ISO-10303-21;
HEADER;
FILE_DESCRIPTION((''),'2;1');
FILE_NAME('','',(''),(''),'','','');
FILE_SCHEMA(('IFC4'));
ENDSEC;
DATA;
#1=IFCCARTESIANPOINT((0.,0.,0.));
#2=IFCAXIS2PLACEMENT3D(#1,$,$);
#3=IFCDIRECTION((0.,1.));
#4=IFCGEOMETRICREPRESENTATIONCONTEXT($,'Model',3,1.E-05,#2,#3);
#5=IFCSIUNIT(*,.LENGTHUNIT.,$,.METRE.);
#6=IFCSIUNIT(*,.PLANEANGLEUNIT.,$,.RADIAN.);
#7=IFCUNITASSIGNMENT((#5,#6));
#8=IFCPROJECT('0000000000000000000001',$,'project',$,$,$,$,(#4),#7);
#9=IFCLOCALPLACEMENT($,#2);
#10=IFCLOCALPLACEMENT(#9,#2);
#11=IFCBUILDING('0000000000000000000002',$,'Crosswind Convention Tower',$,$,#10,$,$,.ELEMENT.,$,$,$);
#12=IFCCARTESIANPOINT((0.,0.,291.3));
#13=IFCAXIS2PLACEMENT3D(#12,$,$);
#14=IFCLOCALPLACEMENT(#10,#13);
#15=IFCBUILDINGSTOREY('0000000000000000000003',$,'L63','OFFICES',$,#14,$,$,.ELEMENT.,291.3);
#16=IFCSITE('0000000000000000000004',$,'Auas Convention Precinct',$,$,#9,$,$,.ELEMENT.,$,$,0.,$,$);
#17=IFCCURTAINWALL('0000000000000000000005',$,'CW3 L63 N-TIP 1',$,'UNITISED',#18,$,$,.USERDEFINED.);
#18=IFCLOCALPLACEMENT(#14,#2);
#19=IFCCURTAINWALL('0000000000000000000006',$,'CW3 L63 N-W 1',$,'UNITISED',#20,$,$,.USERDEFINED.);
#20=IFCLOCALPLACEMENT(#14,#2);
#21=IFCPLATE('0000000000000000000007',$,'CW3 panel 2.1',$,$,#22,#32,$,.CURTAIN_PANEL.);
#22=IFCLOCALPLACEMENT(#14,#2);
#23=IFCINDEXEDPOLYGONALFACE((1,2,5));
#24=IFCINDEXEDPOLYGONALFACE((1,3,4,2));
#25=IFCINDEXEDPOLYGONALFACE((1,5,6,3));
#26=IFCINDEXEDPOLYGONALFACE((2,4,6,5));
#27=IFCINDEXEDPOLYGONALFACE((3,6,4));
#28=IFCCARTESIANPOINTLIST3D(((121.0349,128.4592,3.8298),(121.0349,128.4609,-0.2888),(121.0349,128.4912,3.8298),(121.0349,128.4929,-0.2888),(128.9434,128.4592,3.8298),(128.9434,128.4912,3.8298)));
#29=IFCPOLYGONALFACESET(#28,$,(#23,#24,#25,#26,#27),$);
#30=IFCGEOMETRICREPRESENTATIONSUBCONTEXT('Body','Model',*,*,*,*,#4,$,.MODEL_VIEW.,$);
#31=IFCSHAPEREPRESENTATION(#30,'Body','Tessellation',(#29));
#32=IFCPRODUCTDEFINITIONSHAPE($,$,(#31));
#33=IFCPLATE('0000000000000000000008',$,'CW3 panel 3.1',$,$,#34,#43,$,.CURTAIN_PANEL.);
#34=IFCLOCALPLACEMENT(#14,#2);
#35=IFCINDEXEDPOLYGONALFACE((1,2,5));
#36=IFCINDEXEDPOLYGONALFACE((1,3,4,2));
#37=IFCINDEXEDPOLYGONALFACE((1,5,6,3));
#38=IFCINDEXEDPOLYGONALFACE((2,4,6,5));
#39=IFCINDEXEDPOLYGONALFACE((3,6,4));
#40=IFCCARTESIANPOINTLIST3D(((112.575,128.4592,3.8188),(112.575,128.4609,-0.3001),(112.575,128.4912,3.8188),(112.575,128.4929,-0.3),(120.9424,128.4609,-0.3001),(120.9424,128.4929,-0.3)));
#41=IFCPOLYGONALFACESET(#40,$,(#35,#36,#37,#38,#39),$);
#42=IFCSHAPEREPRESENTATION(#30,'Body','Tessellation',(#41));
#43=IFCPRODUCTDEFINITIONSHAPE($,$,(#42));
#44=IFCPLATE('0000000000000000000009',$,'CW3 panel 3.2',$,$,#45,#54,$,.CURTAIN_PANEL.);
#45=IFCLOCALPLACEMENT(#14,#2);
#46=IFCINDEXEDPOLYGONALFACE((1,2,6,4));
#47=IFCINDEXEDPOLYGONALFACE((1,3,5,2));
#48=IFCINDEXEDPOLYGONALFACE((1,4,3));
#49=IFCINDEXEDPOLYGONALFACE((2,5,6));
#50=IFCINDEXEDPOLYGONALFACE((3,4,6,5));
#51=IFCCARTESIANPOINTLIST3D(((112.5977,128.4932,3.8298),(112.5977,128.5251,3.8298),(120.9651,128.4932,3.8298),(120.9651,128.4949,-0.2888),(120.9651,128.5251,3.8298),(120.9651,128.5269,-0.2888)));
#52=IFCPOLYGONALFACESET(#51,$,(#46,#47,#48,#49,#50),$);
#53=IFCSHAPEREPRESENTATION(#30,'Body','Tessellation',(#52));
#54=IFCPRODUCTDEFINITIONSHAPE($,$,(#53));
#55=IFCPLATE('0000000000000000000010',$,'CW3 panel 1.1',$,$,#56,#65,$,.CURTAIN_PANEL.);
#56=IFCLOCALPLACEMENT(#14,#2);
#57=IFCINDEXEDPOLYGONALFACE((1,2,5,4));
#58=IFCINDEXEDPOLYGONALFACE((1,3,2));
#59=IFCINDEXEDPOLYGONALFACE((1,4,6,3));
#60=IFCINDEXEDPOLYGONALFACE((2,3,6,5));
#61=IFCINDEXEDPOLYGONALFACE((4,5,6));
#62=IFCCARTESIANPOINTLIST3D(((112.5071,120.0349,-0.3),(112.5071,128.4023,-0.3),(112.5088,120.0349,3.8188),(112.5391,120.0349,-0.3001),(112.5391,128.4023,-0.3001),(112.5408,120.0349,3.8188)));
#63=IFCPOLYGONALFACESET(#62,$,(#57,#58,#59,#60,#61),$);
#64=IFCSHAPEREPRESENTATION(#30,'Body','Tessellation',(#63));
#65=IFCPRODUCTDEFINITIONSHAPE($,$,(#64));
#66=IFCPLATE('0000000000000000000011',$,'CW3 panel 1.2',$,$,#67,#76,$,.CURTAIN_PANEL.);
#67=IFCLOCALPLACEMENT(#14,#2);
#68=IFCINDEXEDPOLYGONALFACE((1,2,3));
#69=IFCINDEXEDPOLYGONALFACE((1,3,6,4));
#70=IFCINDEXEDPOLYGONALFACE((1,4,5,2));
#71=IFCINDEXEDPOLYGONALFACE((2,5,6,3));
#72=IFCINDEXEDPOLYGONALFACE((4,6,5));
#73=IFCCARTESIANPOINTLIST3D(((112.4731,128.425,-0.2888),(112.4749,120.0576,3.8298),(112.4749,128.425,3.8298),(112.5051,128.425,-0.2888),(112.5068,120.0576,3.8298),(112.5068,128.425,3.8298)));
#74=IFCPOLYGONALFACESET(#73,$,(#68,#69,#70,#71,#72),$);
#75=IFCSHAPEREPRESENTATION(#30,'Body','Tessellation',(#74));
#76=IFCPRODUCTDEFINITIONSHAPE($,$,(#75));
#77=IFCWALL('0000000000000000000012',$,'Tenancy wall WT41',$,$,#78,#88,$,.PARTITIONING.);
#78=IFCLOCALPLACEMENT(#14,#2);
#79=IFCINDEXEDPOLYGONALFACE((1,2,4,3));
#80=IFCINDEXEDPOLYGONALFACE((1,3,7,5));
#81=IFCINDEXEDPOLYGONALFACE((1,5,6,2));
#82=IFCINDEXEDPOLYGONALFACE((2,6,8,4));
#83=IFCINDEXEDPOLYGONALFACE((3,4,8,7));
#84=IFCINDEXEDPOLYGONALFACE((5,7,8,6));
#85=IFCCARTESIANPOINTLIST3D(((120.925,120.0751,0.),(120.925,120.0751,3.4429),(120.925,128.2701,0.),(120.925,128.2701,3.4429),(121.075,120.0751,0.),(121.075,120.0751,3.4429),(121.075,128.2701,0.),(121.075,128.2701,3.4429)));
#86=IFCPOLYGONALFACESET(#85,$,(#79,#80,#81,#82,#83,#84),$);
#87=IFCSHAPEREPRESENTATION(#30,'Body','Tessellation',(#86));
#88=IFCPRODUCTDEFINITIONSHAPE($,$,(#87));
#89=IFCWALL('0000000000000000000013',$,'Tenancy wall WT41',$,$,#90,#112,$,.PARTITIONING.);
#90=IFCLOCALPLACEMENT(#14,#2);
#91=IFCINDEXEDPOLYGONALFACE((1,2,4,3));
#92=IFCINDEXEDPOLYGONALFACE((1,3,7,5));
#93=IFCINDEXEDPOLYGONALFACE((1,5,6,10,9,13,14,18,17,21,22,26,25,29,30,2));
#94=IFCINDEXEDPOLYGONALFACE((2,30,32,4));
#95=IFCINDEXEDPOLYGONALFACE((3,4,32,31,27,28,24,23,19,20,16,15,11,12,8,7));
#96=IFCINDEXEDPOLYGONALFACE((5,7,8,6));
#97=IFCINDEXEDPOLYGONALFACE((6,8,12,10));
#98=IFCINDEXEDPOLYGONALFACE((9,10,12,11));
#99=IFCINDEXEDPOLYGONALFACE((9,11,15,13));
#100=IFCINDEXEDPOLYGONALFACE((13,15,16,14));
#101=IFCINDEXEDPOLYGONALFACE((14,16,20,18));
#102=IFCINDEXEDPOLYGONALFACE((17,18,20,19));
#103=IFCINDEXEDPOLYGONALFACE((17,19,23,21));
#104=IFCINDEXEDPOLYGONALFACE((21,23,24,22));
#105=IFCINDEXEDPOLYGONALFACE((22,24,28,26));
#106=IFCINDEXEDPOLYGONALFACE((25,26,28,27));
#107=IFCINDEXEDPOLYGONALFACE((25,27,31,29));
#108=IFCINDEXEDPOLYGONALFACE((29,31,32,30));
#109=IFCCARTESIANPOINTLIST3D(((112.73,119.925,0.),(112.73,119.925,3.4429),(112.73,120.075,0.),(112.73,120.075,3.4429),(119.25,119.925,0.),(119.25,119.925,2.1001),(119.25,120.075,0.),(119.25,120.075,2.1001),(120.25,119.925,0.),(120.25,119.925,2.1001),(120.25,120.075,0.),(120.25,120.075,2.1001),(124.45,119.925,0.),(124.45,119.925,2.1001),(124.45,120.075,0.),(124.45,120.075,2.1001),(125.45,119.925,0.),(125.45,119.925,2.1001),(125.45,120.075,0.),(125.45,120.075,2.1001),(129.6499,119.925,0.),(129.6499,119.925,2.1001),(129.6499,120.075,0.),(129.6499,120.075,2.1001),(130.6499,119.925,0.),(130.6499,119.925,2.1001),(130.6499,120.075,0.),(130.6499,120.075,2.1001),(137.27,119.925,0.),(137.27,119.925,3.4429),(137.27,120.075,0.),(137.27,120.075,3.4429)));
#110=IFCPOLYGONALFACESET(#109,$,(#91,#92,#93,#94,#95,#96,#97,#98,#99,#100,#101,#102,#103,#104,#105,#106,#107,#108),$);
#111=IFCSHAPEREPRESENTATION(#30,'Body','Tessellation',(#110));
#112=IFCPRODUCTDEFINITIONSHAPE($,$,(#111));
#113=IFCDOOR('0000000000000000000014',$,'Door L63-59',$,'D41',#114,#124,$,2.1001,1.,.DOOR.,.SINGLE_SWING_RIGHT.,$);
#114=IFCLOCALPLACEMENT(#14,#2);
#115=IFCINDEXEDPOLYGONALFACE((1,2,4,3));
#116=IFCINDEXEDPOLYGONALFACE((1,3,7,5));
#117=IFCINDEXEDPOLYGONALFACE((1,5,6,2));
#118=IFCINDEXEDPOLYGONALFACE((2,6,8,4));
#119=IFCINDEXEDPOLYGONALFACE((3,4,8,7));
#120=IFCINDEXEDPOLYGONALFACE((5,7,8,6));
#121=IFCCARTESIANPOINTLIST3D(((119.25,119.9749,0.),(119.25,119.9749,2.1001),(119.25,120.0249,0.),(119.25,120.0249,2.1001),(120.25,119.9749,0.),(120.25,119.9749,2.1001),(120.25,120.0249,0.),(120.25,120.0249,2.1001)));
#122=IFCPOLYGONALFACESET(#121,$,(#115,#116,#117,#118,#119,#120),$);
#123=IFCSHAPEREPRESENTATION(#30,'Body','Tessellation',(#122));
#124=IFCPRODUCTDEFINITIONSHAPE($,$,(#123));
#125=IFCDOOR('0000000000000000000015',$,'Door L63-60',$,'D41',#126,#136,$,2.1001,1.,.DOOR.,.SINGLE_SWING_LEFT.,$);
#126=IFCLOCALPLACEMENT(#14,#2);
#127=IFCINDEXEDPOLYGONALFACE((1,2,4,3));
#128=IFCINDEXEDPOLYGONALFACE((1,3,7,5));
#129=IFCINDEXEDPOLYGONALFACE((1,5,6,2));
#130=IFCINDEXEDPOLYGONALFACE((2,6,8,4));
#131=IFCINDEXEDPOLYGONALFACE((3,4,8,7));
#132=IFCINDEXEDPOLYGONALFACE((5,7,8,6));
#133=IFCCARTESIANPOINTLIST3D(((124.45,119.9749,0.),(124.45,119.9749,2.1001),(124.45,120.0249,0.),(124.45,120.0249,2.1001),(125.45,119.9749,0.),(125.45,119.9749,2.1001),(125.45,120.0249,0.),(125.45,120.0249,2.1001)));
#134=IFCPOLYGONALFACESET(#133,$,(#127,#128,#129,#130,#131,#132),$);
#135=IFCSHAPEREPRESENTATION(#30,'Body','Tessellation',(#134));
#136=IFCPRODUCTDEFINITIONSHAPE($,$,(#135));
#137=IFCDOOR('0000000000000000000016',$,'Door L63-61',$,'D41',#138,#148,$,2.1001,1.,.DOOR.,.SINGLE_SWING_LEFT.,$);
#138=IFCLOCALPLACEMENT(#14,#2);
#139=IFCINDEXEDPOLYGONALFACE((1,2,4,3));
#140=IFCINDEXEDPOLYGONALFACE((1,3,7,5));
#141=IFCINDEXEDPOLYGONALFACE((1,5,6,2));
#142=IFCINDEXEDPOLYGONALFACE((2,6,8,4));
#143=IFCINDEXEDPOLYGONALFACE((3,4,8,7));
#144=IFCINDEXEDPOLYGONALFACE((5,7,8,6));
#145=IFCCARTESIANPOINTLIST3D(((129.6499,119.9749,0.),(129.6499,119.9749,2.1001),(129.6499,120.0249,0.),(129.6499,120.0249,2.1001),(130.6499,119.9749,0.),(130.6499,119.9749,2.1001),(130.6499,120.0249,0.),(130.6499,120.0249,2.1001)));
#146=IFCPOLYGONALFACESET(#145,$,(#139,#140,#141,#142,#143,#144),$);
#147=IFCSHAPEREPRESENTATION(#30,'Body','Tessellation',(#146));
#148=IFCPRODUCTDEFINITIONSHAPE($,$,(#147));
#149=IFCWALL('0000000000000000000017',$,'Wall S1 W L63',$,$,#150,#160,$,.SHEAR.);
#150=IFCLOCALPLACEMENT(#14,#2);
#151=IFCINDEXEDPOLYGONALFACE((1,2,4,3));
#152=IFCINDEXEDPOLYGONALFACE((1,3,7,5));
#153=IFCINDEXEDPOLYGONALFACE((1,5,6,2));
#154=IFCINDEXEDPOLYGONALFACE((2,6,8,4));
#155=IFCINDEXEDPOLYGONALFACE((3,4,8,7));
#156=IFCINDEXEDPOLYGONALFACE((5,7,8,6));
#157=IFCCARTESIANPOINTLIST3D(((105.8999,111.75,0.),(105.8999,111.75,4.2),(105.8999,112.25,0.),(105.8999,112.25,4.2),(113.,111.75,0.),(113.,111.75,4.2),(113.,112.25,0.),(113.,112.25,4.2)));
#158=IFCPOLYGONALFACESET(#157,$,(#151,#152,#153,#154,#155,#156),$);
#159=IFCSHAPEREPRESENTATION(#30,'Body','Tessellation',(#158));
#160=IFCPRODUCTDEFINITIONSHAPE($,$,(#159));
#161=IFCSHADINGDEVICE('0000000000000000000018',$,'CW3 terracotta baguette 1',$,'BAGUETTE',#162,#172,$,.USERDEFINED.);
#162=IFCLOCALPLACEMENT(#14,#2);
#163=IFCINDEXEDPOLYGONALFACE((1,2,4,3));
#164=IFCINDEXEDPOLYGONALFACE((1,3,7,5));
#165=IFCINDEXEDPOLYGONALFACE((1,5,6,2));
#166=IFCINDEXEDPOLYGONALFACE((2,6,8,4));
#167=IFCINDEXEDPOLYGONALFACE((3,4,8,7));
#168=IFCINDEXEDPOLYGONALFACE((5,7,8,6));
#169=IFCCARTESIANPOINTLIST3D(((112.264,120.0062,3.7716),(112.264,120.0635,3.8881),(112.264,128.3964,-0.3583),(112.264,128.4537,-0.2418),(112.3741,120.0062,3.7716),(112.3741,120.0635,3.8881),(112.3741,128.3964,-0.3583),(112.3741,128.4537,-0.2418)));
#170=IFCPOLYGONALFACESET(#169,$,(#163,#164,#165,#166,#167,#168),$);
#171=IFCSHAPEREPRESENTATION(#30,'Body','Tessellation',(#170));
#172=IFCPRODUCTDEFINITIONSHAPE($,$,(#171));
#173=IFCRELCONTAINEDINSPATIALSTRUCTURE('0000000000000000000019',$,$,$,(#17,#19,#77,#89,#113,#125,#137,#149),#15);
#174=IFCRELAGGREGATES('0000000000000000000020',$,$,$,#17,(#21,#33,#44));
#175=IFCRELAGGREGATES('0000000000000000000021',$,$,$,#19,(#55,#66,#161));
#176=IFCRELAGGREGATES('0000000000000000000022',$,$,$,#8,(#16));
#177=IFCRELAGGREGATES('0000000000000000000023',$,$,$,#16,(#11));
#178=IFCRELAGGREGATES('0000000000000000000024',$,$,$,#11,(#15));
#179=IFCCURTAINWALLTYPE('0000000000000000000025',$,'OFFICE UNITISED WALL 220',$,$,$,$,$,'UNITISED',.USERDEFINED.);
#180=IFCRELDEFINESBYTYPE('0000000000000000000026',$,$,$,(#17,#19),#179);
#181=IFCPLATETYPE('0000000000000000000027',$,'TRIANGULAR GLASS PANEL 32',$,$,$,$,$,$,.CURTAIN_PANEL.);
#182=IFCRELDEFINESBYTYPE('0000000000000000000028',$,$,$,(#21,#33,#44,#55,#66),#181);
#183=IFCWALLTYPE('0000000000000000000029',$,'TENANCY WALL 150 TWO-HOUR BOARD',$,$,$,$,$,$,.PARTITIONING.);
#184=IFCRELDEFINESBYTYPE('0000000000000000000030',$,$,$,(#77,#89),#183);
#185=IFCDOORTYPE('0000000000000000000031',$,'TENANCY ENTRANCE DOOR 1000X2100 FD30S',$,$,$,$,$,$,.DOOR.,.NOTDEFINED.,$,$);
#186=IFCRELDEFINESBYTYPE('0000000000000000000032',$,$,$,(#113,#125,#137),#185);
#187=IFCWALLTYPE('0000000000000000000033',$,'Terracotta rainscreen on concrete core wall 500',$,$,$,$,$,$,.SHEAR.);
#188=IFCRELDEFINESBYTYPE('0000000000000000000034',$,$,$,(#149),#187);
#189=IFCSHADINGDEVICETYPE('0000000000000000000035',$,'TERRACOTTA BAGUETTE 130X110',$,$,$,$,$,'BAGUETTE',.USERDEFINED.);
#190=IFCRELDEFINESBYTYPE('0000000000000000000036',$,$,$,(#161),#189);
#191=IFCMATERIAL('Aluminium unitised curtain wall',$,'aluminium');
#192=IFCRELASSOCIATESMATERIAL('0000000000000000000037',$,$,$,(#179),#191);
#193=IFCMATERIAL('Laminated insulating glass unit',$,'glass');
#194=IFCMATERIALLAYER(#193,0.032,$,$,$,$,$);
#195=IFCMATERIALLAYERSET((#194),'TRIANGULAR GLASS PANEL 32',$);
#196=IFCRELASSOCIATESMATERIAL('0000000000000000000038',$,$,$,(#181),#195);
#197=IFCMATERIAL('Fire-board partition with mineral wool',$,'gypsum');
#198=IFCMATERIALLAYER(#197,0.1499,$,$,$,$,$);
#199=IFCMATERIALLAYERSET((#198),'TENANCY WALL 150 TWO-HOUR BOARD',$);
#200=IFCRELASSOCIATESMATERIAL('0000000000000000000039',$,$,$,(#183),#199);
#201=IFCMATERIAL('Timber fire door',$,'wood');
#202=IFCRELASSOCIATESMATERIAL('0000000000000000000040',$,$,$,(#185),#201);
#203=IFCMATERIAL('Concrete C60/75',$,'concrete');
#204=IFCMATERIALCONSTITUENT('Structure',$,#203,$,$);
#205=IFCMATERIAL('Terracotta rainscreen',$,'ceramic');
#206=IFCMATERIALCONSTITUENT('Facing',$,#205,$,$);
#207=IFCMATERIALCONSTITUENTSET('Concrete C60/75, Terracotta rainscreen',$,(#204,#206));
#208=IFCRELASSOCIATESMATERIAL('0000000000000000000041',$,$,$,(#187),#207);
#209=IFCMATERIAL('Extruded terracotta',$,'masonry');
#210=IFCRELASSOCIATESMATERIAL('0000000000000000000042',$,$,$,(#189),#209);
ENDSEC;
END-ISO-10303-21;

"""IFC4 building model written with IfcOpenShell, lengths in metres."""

from ifc_helpers import new_model, si_unit, direction, frame, frame_2d, origin, origin_2d, place, context, subcontext, project, spatial, polyline, rectangle, outline, extrude, material, layer, layer_set, constituent, constituent_set, material_profile, profile_set, type_object, element, fill, aggregate, save


model = new_model("IFC4")

# Units and contexts
model_context = context("Model", 3, precision=1e-05, world=origin(), true_north=direction((0.0, 1.0)))
body_context = subcontext(model_context, "Body", "Model", "MODEL_VIEW")
ifc_project = project(units=[si_unit("LENGTHUNIT", "METRE"), si_unit("PLANEANGLEUNIT", "RADIAN")], contexts=[model_context])

# Site, building, storey
site_placement = place(None, origin())
site = spatial("IfcSite", under=ifc_project, at=site_placement, Name="Auas Convention Precinct", CompositionType="ELEMENT", RefElevation=0.0)
building_placement = place(site_placement, origin())
building = spatial("IfcBuilding", under=site, at=building_placement, Name="Crosswind Convention Tower", CompositionType="ELEMENT")
storey_placement = place(building_placement, frame((0.0, 0.0, 291.3)))
storey = spatial("IfcBuildingStorey", under=building, at=storey_placement, Name="L63", Description="OFFICES", CompositionType="ELEMENT", Elevation=291.3)

# Shared definitions
ifc_material_1 = material(Name="Concrete C60/75", Category="concrete")

# Curtain wall
ifc_material_2 = material(Name="Aluminium unitised curtain wall", Category="aluminium")
curtain_wall_type_1 = type_object("IfcCurtainWallType", Name="OFFICE UNITISED WALL 220", ElementType="UNITISED", PredefinedType="USERDEFINED", material=ifc_material_2)
curtain_wall_1_placement = place(storey_placement, origin())
curtain_wall_1 = element("IfcCurtainWall", 1, at=curtain_wall_1_placement, inside=storey, type_object=curtain_wall_type_1, Name="CW3 L63 N-TIP 1", ObjectType="UNITISED", PredefinedType="USERDEFINED")

# Curtain wall
curtain_wall_2_placement = place(storey_placement, origin())
curtain_wall_2 = element("IfcCurtainWall", 2, at=curtain_wall_2_placement, inside=storey, type_object=curtain_wall_type_1, Name="CW3 L63 N-W 1", ObjectType="UNITISED", PredefinedType="USERDEFINED")

# Plates
ifc_material_3 = material(Name="Laminated insulating glass unit", Category="glass")
ifc_layer_1 = layer(ifc_material_3, 0.032)
ifc_layer_set_1 = layer_set([ifc_layer_1], Name="TRIANGULAR GLASS PANEL 32")
plate_type_1 = type_object("IfcPlateType", Name="TRIANGULAR GLASS PANEL 32", PredefinedType="CURTAIN_PANEL", material=ifc_layer_set_1)
plate_1_placement = place(storey_placement, frame((121.0349, 128.4912, 3.8298), z_axis=(0.0, 1.0, 0.000415), x_axis=(1.0, 0.0, 0.0)))
plate_1 = element("IfcPlate", 3, at=plate_1_placement, type_object=plate_type_1, Name="CW3 panel 2.1", PredefinedType="CURTAIN_PANEL", context=body_context, shape_type="SweptSolid", body=[
    extrude(outline(polyline([(0.0, 0.0), (7.9084, 0.0), (0.0, 4.1187), (0.0, 0.0)])), origin(), (0.0, 0.0, -1.0), 0.032),
])
plate_2_placement = place(storey_placement, frame((112.575, 128.4929, -0.3), z_axis=(0.0, 1.0, 0.000415), x_axis=(0.0, -0.000415, 1.0)))
plate_2 = element("IfcPlate", 4, at=plate_2_placement, type_object=plate_type_1, Name="CW3 panel 3.1", PredefinedType="CURTAIN_PANEL", context=body_context, shape_type="SweptSolid", body=[
    extrude(outline(polyline([(0.0, 0.0), (4.1189, 0.0), (0.0, 8.3674), (0.0, 0.0)])), origin(), (0.0, 0.0, -1.0), 0.032),
])
plate_3_placement = place(storey_placement, frame((120.9651, 128.5251, 3.8298), z_axis=(0.0, 1.0, 0.000415), x_axis=(0.0, 0.000415, -1.0)))
plate_3 = element("IfcPlate", 5, at=plate_3_placement, type_object=plate_type_1, Name="CW3 panel 3.2", PredefinedType="CURTAIN_PANEL", context=body_context, shape_type="SweptSolid", body=[
    extrude(outline(polyline([(0.0, 0.0), (4.1187, 0.0), (0.0, 8.3674), (0.0, 0.0)])), origin(), (0.0, 0.0, -1.0), 0.032),
])
aggregate(curtain_wall_1, [plate_1, plate_2, plate_3])
plate_4_placement = place(storey_placement, frame((112.5071, 120.0349, -0.3), z_axis=(-1.0, 0.0, 0.000415), x_axis=(0.000415, 0.0, 1.0)))
plate_4 = element("IfcPlate", 6, at=plate_4_placement, type_object=plate_type_1, Name="CW3 panel 1.1", PredefinedType="CURTAIN_PANEL", context=body_context, shape_type="SweptSolid", body=[
    extrude(outline(polyline([(0.0, 0.0), (4.1189, 0.0), (0.0, 8.3674), (0.0, 0.0)])), origin(), (0.0, 0.0, -1.0), 0.032),
])
plate_5_placement = place(storey_placement, frame((112.4749, 128.425, 3.8298), z_axis=(-1.0, 0.0, 0.000415), x_axis=(-0.000415, 0.0, -1.0)))
plate_5 = element("IfcPlate", 7, at=plate_5_placement, type_object=plate_type_1, Name="CW3 panel 1.2", PredefinedType="CURTAIN_PANEL", context=body_context, shape_type="SweptSolid", body=[
    extrude(outline(polyline([(0.0, 0.0), (4.1187, 0.0), (0.0, 8.3674), (0.0, 0.0)])), origin(), (0.0, 0.0, -1.0), 0.032),
])

# Wall
ifc_material_4 = material(Name="Fire-board partition with mineral wool", Category="gypsum")
ifc_layer_2 = layer(ifc_material_4, 0.1499)
ifc_layer_set_2 = layer_set([ifc_layer_2], Name="TENANCY WALL 150 TWO-HOUR BOARD")
wall_type_1 = type_object("IfcWallType", Name="TENANCY WALL 150 TWO-HOUR BOARD", PredefinedType="PARTITIONING", material=ifc_layer_set_2)
wall_1_placement = place(storey_placement, frame((121.0, 120.075, 0.0), z_axis=(0.0, 0.0, 1.0), x_axis=(0.0, 1.0, 0.0)))
element("IfcWall", 8, at=wall_1_placement, inside=storey, type_object=wall_type_1, Name="Tenancy wall WT41", PredefinedType="PARTITIONING", context=body_context, shape_type="SweptSolid", body=[
    extrude(rectangle(XDim=8.1951, YDim=0.1499, at=frame_2d((4.0977, 0.0))), origin(), (0.0, 0.0, 1.0), 3.4429),
])

# Wall, openings, doors
wall_2_placement = place(storey_placement, frame((112.73, 120.0, 0.0), z_axis=(0.0, 0.0, 1.0), x_axis=(1.0, 0.0, 0.0)))
wall_2 = element("IfcWall", 9, at=wall_2_placement, inside=storey, type_object=wall_type_1, Name="Tenancy wall WT41", PredefinedType="PARTITIONING", context=body_context, shape_type="SweptSolid", body=[
    extrude(rectangle(XDim=24.54, YDim=0.1499, at=frame_2d((12.27, 0.0))), origin(), (0.0, 0.0, 1.0), 3.4429),
])
opening_1_placement = place(wall_2_placement, frame((6.52, 0.0, 0.0)))
opening_1 = element("IfcOpeningElement", 10, at=opening_1_placement, cuts=wall_2, PredefinedType="OPENING", context=body_context, shape_type="SweptSolid", body=[
    extrude(rectangle(XDim=1.0, YDim=2.1001, at=frame_2d((0.5, 1.05))), frame((0.0, 0.085, 0.0), z_axis=(0.0, -1.0, 0.0), x_axis=(1.0, 0.0, 0.0)), (0.0, 0.0, 1.0), 0.1699),
])
opening_2_placement = place(wall_2_placement, frame((11.72, 0.0, 0.0)))
opening_2 = element("IfcOpeningElement", 11, at=opening_2_placement, cuts=wall_2, PredefinedType="OPENING", context=body_context, shape_type="SweptSolid", body=[
    extrude(rectangle(XDim=1.0, YDim=2.1001, at=frame_2d((0.5, 1.05))), frame((0.0, 0.085, 0.0), z_axis=(0.0, -1.0, 0.0), x_axis=(1.0, 0.0, 0.0)), (0.0, 0.0, 1.0), 0.1699),
])
opening_3_placement = place(wall_2_placement, frame((16.9199, 0.0, 0.0)))
opening_3 = element("IfcOpeningElement", 12, at=opening_3_placement, cuts=wall_2, PredefinedType="OPENING", context=body_context, shape_type="SweptSolid", body=[
    extrude(rectangle(XDim=1.0, YDim=2.1001, at=frame_2d((0.5, 1.05))), frame((0.0, 0.085, 0.0), z_axis=(0.0, -1.0, 0.0), x_axis=(1.0, 0.0, 0.0)), (0.0, 0.0, 1.0), 0.1699),
])
ifc_material_5 = material(Name="Timber fire door", Category="wood")
door_type = type_object("IfcDoorType", Name="TENANCY ENTRANCE DOOR 1000X2100 FD30S", OperationType="NOTDEFINED", PredefinedType="DOOR", material=ifc_material_5)
door_1_placement = place(opening_1_placement, origin())
door_1 = element("IfcDoor", 13, at=door_1_placement, inside=storey, type_object=door_type, Name="Door L63-59", ObjectType="D41", OperationType="SINGLE_SWING_RIGHT", OverallHeight=2.1001, OverallWidth=1.0, PredefinedType="DOOR", context=body_context, shape_type="SweptSolid", body=[
    extrude(rectangle(XDim=1.0, YDim=2.1001, at=frame_2d((0.5, 1.05))), frame((0.0, 0.0249, 0.0), z_axis=(0.0, -1.0, 0.0), x_axis=(1.0, 0.0, 0.0)), (0.0, 0.0, 1.0), 0.05),
])
fill(opening_1, door_1)
door_2_placement = place(opening_2_placement, origin())
door_2 = element("IfcDoor", 14, at=door_2_placement, inside=storey, type_object=door_type, Name="Door L63-60", ObjectType="D41", OperationType="SINGLE_SWING_LEFT", OverallHeight=2.1001, OverallWidth=1.0, PredefinedType="DOOR", context=body_context, shape_type="SweptSolid", body=[
    extrude(rectangle(XDim=1.0, YDim=2.1001, at=frame_2d((0.5, 1.05))), frame((0.0, 0.0249, 0.0), z_axis=(0.0, -1.0, 0.0), x_axis=(1.0, 0.0, 0.0)), (0.0, 0.0, 1.0), 0.05),
])
fill(opening_2, door_2)
door_3_placement = place(opening_3_placement, origin())
door_3 = element("IfcDoor", 15, at=door_3_placement, inside=storey, type_object=door_type, Name="Door L63-61", ObjectType="D41", OperationType="SINGLE_SWING_LEFT", OverallHeight=2.1001, OverallWidth=1.0, PredefinedType="DOOR", context=body_context, shape_type="SweptSolid", body=[
    extrude(rectangle(XDim=1.0, YDim=2.1001, at=frame_2d((0.5, 1.05))), frame((0.0, 0.0249, 0.0), z_axis=(0.0, -1.0, 0.0), x_axis=(1.0, 0.0, 0.0)), (0.0, 0.0, 1.0), 0.05),
])
fill(opening_3, door_3)

# Wall
ifc_constituent_1 = constituent(ifc_material_1, Name="Structure")
ifc_material_6 = material(Name="Terracotta rainscreen", Category="ceramic")
ifc_constituent_2 = constituent(ifc_material_6, Name="Facing")
ifc_constituent_set = constituent_set(constituents=[ifc_constituent_1, ifc_constituent_2], Name="Concrete C60/75, Terracotta rainscreen")
wall_type_2 = type_object("IfcWallType", Name="Terracotta rainscreen on concrete core wall 500", PredefinedType="SHEAR", material=ifc_constituent_set)
wall_3_placement = place(storey_placement, frame((113.0, 112.0, 0.0), z_axis=(0.0, 0.0, 1.0), x_axis=(-1.0, 0.0, 0.0)))
element("IfcWall", 16, at=wall_3_placement, inside=storey, type_object=wall_type_2, Name="Wall S1 W L63", PredefinedType="SHEAR", context=body_context, shape_type="SweptSolid", body=[
    extrude(rectangle(XDim=7.1001, YDim=0.5, at=frame_2d((3.55, 0.0))), origin(), (0.0, 0.0, 1.0), 4.2),
])

# Shading device
ifc_material_7 = material(Name="Extruded terracotta", Category="masonry")
ifc_material_profile_1 = material_profile(ifc_material_7, rectangle(XDim=0.1101, YDim=0.1299, at=origin_2d()), Name="TC 110X130")
ifc_profile_set_1 = profile_set([ifc_material_profile_1], Name="Extruded terracotta")
shading_device_type = type_object("IfcShadingDeviceType", Name="TERRACOTTA BAGUETTE 130X110", ElementType="BAGUETTE", PredefinedType="USERDEFINED", material=ifc_profile_set_1)
shading_device_placement = place(storey_placement, frame((112.3191, 128.425, -0.3), z_axis=(0.0, -0.897198, 0.441628), x_axis=(1.0, 0.0, 0.0)))
shading_device = element("IfcShadingDevice", 17, at=shading_device_placement, type_object=shading_device_type, Name="CW3 terracotta baguette 1", ObjectType="BAGUETTE", PredefinedType="USERDEFINED", context=body_context, shape_type="SweptSolid", body=[
    extrude(rectangle(XDim=0.1101, YDim=0.1299, at=origin_2d()), origin(), (0.0, 0.0, 1.0), 9.3516),
])
aggregate(curtain_wall_2, [plate_4, plate_5, shading_device])

save(model, "model.ifc")
